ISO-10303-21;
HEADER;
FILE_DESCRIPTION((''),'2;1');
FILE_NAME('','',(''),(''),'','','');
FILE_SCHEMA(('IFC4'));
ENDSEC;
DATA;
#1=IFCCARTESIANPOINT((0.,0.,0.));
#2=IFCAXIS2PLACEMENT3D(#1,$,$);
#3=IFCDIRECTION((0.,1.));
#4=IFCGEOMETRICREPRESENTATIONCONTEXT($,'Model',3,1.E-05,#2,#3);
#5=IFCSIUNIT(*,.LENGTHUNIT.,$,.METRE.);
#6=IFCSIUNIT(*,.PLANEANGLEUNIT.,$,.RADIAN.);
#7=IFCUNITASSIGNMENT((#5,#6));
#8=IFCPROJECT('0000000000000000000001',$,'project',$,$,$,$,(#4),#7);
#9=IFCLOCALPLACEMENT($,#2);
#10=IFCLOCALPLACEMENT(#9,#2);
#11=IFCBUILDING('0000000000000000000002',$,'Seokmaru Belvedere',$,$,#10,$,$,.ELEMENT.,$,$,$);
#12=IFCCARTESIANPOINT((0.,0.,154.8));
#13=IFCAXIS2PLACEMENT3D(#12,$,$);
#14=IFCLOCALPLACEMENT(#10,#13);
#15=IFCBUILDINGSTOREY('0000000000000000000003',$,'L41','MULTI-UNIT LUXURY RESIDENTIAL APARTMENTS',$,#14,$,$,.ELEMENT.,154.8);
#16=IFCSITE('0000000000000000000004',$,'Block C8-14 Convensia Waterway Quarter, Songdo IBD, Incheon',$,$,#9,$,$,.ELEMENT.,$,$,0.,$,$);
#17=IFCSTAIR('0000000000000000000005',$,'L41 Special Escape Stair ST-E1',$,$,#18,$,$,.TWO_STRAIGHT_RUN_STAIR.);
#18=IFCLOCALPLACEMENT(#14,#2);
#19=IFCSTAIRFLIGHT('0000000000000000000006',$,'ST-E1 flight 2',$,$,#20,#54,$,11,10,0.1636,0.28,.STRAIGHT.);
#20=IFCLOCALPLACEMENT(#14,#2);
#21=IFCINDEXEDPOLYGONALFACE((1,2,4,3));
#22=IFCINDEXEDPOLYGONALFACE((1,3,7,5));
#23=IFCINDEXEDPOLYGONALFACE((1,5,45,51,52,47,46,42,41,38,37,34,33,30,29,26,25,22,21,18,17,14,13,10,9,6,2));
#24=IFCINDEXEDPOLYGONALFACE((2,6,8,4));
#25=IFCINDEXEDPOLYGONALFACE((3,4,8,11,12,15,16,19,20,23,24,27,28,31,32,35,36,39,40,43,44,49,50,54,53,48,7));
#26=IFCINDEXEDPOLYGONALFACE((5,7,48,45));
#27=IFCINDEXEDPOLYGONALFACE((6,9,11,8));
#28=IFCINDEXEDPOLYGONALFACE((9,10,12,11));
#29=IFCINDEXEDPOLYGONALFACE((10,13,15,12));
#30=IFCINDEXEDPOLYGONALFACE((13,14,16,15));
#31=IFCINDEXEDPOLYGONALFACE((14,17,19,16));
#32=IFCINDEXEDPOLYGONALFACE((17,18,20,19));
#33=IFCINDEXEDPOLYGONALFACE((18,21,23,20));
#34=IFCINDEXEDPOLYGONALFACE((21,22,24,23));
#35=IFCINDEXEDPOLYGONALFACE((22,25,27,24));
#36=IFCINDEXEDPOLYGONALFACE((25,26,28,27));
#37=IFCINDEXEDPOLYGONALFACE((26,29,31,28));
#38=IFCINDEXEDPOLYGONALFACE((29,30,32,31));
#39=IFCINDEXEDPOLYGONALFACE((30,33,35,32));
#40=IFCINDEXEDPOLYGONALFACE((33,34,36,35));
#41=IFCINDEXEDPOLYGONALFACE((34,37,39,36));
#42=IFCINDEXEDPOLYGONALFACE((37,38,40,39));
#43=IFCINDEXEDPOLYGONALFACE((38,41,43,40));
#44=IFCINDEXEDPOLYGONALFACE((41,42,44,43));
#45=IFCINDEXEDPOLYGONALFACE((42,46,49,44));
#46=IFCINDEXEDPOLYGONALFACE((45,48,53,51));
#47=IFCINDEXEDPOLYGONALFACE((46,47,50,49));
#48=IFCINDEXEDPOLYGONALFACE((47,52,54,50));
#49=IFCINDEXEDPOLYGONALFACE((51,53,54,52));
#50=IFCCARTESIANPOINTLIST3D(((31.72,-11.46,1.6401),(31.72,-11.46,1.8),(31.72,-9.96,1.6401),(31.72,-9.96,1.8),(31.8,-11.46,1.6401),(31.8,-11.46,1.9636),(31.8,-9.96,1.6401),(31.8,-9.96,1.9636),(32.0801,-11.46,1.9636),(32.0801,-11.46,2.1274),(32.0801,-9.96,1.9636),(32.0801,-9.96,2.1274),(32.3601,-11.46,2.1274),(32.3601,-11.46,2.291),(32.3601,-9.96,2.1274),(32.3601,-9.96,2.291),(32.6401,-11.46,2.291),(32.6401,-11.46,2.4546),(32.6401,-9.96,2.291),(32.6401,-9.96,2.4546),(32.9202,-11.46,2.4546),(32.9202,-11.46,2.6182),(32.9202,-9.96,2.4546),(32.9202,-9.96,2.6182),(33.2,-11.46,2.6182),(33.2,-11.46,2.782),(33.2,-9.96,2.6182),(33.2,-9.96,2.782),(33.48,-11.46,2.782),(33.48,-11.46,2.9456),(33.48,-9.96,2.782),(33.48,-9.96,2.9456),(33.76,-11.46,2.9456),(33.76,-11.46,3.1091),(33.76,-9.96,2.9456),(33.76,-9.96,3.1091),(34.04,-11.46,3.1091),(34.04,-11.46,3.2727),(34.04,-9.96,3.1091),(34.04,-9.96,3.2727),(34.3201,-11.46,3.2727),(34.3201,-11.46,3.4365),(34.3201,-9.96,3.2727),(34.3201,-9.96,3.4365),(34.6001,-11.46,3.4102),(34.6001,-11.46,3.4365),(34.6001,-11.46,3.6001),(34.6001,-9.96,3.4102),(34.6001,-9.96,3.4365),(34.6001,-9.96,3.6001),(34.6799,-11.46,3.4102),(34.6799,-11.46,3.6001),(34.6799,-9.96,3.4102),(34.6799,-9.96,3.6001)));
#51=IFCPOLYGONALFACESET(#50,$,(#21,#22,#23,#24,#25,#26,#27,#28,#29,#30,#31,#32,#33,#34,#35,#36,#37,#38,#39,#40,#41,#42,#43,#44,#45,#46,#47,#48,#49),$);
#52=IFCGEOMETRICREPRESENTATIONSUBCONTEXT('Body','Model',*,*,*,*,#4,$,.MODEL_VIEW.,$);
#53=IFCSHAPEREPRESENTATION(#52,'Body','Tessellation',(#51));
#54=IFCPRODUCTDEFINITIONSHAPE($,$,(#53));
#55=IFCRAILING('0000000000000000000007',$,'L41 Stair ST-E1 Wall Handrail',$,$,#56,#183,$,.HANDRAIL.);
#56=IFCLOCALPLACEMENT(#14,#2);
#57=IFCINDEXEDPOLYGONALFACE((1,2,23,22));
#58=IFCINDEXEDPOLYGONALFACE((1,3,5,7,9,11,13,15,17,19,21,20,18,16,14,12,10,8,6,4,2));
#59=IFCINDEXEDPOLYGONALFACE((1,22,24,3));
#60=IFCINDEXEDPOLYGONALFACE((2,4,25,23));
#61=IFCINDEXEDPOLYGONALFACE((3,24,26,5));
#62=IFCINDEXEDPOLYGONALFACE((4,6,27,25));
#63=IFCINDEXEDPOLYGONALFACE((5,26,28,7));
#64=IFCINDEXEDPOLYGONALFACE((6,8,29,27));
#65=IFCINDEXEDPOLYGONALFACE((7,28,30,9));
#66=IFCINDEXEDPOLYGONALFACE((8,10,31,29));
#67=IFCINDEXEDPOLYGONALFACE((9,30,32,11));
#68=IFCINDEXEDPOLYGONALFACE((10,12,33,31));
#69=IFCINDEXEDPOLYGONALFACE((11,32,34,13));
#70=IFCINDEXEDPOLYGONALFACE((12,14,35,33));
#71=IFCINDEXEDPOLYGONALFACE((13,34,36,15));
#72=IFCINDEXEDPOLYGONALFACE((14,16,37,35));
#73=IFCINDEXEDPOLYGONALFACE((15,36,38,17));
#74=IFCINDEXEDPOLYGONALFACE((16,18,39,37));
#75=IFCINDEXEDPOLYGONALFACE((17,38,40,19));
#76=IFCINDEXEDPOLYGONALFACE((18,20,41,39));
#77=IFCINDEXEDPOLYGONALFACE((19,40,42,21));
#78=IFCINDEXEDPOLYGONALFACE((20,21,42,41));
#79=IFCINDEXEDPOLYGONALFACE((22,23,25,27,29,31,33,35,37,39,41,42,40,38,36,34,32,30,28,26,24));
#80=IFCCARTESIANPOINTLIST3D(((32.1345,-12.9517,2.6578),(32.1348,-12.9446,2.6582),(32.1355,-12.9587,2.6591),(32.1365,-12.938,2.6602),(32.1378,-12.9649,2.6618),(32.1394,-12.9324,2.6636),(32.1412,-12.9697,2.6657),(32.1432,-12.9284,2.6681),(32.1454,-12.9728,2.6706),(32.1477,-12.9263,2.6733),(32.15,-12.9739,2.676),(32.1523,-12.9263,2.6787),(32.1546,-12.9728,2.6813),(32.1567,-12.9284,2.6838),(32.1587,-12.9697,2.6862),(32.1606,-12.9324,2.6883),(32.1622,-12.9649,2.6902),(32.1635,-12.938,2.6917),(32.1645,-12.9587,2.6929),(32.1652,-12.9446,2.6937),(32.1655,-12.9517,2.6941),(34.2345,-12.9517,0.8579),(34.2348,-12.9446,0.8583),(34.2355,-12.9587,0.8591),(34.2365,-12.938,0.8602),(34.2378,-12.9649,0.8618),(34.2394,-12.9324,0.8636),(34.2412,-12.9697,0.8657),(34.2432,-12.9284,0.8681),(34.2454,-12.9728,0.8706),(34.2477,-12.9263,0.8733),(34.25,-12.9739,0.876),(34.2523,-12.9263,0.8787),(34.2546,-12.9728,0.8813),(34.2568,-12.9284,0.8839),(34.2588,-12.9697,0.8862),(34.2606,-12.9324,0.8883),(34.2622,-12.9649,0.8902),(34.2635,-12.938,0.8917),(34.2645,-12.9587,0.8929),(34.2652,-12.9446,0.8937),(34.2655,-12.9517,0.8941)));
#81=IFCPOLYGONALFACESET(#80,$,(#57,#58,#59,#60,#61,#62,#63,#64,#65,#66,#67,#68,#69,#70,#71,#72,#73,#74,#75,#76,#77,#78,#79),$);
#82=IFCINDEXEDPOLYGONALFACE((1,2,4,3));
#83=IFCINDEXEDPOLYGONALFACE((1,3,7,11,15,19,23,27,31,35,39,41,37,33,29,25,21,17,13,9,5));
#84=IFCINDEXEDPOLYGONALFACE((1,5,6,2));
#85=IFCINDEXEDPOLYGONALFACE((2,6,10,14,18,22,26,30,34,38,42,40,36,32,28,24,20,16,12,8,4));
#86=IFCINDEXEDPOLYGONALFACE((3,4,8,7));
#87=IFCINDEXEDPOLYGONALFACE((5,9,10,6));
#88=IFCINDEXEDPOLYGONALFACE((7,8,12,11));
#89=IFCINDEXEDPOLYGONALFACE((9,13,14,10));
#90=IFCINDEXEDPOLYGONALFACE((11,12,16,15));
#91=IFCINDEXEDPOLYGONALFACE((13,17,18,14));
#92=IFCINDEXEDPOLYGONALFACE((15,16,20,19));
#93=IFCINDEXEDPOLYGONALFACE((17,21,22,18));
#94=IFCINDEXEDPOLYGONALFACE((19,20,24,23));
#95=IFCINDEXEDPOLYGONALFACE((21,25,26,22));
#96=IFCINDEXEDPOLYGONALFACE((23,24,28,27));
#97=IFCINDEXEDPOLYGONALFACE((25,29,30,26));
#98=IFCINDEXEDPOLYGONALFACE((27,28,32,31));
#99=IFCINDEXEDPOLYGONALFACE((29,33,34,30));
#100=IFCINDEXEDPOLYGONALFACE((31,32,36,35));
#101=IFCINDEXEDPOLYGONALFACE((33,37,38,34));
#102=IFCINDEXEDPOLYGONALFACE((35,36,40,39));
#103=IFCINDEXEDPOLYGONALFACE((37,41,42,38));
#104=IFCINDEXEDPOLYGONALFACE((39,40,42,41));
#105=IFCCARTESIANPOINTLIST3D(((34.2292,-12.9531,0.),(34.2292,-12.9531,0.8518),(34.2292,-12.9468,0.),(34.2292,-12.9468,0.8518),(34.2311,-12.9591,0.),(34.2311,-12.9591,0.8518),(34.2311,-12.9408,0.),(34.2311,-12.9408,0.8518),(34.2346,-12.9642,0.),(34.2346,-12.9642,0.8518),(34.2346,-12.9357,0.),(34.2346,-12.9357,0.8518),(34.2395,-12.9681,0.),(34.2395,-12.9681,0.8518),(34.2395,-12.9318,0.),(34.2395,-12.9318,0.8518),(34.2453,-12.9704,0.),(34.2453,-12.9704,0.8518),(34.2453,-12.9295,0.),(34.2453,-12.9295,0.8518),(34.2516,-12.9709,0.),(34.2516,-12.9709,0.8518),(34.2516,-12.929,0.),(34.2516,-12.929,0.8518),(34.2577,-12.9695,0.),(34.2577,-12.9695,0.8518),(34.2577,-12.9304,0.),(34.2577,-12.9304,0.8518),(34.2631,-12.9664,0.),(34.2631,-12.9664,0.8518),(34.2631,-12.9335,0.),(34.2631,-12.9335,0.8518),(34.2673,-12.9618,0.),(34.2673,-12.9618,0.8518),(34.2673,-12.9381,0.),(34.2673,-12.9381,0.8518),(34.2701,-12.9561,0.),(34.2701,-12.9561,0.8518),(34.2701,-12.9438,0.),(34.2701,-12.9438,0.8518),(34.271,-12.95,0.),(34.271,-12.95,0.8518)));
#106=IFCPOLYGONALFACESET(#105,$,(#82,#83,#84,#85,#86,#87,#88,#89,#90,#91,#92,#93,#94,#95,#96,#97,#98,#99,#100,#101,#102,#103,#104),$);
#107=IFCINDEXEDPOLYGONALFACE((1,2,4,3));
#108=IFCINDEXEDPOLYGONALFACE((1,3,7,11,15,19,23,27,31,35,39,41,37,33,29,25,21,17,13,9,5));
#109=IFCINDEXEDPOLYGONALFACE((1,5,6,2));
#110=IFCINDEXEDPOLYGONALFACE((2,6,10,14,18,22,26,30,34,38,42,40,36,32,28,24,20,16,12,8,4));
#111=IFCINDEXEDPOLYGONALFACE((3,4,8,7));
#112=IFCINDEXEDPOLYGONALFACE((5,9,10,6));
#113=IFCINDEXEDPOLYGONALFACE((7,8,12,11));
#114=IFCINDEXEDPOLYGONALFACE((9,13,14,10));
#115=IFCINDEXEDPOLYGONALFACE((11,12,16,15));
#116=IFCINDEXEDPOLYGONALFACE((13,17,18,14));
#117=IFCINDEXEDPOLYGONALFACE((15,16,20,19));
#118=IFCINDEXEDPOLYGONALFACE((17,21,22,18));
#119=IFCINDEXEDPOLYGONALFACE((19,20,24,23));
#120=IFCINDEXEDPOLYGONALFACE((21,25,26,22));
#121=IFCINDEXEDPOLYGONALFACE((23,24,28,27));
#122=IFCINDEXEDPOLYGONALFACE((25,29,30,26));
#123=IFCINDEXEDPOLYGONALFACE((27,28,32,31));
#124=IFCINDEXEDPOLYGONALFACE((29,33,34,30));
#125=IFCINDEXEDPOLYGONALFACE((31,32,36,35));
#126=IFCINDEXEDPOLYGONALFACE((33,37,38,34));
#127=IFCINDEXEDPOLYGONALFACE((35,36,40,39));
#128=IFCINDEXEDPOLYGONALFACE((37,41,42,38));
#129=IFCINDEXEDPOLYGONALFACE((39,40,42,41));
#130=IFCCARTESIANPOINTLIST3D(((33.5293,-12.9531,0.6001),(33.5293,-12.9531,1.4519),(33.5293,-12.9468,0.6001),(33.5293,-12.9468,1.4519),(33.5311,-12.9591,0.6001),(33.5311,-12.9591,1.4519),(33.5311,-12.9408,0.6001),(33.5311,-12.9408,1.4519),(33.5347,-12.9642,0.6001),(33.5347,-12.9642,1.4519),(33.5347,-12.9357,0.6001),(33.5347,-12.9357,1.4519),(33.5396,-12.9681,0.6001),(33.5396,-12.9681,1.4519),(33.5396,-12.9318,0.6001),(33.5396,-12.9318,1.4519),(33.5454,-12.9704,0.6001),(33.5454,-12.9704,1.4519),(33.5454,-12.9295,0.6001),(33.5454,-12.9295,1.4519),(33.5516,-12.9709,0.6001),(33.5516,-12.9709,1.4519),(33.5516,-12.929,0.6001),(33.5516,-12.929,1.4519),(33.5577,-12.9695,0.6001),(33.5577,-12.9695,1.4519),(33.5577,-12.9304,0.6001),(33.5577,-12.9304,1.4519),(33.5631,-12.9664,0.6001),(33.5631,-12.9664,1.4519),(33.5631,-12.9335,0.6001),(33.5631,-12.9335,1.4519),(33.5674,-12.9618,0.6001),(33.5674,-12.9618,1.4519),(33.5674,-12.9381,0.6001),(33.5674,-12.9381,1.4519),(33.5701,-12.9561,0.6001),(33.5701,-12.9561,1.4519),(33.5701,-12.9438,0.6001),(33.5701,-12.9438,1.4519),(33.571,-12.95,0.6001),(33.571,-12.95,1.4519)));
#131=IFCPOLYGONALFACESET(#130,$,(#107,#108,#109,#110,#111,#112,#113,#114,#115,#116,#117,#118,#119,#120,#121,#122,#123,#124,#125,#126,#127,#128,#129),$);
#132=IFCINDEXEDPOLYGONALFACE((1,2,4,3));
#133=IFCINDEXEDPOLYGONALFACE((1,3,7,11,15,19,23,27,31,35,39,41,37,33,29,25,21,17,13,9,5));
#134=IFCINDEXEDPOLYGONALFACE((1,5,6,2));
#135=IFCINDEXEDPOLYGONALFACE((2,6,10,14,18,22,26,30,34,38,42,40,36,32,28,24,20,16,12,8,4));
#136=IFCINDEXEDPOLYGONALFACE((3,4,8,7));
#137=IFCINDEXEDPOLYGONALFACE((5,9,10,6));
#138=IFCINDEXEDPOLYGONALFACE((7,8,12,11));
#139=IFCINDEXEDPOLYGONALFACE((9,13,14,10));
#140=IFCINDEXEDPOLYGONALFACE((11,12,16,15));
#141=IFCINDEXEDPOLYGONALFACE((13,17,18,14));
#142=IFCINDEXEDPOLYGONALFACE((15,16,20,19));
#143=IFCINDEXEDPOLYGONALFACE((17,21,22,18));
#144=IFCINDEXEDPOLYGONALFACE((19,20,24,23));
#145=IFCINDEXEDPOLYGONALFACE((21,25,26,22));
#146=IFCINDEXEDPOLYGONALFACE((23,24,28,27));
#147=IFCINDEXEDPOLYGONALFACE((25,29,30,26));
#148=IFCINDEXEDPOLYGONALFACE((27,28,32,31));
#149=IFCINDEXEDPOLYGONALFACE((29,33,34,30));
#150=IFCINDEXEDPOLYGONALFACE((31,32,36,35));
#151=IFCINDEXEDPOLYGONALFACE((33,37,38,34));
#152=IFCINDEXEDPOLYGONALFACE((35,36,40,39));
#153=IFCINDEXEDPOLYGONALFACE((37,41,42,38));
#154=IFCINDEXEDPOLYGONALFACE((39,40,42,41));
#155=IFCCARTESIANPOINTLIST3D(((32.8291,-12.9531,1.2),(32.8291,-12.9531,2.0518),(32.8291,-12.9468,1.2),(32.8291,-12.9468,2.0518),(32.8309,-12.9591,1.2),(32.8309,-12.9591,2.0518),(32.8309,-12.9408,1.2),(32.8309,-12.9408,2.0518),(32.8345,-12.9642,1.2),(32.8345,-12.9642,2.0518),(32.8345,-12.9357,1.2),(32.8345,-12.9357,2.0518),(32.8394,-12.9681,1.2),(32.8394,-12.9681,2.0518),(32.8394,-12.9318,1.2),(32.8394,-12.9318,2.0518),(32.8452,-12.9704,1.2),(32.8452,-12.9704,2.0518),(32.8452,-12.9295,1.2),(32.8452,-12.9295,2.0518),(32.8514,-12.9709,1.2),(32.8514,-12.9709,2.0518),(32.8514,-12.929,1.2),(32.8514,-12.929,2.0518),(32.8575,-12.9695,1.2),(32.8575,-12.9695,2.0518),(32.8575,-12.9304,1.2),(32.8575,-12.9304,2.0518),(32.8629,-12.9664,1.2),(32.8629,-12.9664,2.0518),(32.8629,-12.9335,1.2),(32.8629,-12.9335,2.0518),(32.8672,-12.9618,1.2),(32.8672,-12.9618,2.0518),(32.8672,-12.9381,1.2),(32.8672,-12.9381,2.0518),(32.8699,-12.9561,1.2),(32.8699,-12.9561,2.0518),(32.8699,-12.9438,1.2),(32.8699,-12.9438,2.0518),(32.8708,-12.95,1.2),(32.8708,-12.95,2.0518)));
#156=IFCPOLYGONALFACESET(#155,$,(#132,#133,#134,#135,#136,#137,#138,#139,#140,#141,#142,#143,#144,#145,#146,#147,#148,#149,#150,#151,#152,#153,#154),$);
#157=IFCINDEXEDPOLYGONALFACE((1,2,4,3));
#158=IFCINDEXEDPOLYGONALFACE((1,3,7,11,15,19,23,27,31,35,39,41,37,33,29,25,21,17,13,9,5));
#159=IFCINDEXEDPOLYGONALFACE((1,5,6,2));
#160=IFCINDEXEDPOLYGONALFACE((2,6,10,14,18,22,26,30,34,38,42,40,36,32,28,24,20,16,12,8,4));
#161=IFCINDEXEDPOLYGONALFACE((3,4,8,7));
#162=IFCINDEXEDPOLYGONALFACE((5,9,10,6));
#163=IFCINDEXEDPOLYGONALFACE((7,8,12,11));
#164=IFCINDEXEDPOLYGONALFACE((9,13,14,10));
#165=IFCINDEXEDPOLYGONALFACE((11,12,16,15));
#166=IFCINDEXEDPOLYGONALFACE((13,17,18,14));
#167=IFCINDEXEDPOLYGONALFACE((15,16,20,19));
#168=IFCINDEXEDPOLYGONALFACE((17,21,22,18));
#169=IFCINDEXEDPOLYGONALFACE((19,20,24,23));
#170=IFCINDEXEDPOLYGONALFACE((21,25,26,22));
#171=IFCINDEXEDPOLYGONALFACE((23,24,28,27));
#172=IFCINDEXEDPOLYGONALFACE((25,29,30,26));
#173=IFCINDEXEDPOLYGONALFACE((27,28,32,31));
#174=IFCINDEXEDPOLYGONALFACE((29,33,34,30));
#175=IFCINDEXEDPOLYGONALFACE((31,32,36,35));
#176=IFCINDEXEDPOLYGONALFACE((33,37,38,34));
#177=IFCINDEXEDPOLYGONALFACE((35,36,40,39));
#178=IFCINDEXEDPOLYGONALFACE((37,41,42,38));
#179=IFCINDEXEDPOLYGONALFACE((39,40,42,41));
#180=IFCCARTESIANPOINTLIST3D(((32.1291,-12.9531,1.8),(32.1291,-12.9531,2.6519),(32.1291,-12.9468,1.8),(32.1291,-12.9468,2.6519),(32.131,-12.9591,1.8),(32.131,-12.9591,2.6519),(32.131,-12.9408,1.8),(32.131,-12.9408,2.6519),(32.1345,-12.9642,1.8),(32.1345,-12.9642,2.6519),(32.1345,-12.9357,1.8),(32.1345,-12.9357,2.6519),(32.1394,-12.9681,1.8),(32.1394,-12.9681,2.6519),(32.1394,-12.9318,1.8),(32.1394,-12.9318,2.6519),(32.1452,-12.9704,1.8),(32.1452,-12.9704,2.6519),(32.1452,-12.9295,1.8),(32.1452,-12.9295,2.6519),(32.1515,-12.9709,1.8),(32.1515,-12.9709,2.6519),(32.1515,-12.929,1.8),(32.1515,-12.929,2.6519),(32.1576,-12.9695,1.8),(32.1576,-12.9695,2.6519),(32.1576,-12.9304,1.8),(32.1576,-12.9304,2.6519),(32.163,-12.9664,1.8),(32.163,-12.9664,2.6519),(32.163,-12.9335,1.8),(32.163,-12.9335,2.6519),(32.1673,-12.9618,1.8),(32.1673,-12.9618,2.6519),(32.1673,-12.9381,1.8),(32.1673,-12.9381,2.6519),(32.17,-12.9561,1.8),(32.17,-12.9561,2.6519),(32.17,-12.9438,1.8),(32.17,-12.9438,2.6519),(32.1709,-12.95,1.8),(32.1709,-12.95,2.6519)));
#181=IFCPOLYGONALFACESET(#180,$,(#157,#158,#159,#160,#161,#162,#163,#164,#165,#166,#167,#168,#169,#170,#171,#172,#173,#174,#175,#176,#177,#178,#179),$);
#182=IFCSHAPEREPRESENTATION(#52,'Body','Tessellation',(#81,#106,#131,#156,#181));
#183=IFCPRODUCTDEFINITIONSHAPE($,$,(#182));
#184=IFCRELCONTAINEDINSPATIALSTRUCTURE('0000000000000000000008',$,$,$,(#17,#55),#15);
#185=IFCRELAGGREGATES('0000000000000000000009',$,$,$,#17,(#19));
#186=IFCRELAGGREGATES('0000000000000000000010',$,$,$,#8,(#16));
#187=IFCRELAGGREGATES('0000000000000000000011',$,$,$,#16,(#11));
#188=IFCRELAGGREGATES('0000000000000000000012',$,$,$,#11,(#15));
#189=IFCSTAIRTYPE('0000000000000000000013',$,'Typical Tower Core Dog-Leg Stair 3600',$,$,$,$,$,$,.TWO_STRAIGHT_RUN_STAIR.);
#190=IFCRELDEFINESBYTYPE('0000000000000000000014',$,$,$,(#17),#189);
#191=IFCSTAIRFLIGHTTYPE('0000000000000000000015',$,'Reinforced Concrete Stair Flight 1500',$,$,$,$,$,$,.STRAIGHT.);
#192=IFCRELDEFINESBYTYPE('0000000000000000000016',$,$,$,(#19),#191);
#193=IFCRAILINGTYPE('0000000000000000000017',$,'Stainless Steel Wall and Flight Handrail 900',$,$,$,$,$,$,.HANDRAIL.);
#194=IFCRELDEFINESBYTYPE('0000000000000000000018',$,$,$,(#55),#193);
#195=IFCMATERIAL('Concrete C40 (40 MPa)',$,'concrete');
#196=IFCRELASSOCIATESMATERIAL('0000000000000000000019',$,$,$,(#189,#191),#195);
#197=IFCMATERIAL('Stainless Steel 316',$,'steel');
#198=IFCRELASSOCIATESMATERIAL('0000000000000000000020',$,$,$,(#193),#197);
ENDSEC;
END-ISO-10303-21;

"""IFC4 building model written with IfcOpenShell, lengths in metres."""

from ifc_helpers import new_model, si_unit, direction, frame, origin, origin_2d, place, context, subcontext, project, spatial, polyline, circle, outline, extrude, material, type_object, element, aggregate, save


model = new_model("IFC4")

# Units and contexts
model_context = context("Model", 3, precision=1e-05, world=origin(), true_north=direction((0.0, 1.0)))
body_context = subcontext(model_context, "Body", "Model", "MODEL_VIEW")
ifc_project = project(units=[si_unit("LENGTHUNIT", "METRE"), si_unit("PLANEANGLEUNIT", "RADIAN")], contexts=[model_context])

# Site, building, storey
site_placement = place(None, origin())
site = spatial("IfcSite", under=ifc_project, at=site_placement, Name="Block C8-14 Convensia Waterway Quarter, Songdo IBD, Incheon", CompositionType="ELEMENT", RefElevation=0.0)
building_placement = place(site_placement, origin())
building = spatial("IfcBuilding", under=site, at=building_placement, Name="Seokmaru Belvedere", CompositionType="ELEMENT")
storey_placement = place(building_placement, frame((0.0, 0.0, 154.8)))
storey = spatial("IfcBuildingStorey", under=building, at=storey_placement, Name="L41", Description="MULTI-UNIT LUXURY RESIDENTIAL APARTMENTS", CompositionType="ELEMENT", Elevation=154.8)

# Shared definitions
ifc_material_1 = material(Name="Stainless Steel 316", Category="steel")

# Stair, stair flight
ifc_material_2 = material(Name="Concrete C40 (40 MPa)", Category="concrete")
stair_type = type_object("IfcStairType", Name="Typical Tower Core Dog-Leg Stair 3600", PredefinedType="TWO_STRAIGHT_RUN_STAIR", material=ifc_material_2)
stair_placement = place(storey_placement, origin())
stair = element("IfcStair", 1, at=stair_placement, inside=storey, type_object=stair_type, Name="L41 Special Escape Stair ST-E1", PredefinedType="TWO_STRAIGHT_RUN_STAIR")
stair_flight_type = type_object("IfcStairFlightType", Name="Reinforced Concrete Stair Flight 1500", PredefinedType="STRAIGHT", material=ifc_material_2)
stair_flight_1_placement = place(storey_placement, frame((31.8, -10.71, 1.8), z_axis=(0.0, 0.0, 1.0), x_axis=(1.0, 0.0, 0.0)))
stair_flight_1 = element("IfcStairFlight", 2, at=stair_flight_1_placement, type_object=stair_flight_type, Name="ST-E1 flight 2", NumberOfRisers=11, NumberOfTreads=10, PredefinedType="STRAIGHT", RiserHeight=0.1636, TreadLength=0.28, context=body_context, shape_type="SweptSolid", body=[
    extrude(outline(polyline([(-0.0801, 0.0), (0.0, 0.1636), (0.28, 0.1636), (0.28, 0.3274), (0.5601, 0.3274), (0.5601, 0.491), (0.8401, 0.491), (0.8401, 0.6545), (1.1201, 0.6545), (1.1201, 0.8181), (1.3999, 0.8181), (1.3999, 0.9819), (1.6799, 0.9819), (1.6799, 1.1455), (1.96, 1.1455), (1.96, 1.3091), (2.24, 1.3091), (2.24, 1.4727), (2.52, 1.4727), (2.52, 1.6365), (2.8, 1.6365), (2.8, 1.8), (2.8799, 1.8), (2.8799, 1.6101), (2.8, 1.6101), (0.0, -0.1599), (-0.0801, -0.1599), (-0.0801, 0.0)])), frame((0.0, 0.75, 0.0), z_axis=(0.0, -1.0, 0.0), x_axis=(1.0, 0.0, 0.0)), (0.0, 0.0, 1.0), 1.5),
])
aggregate(stair, [stair_flight_1])

# Railing
railing_type_1 = type_object("IfcRailingType", Name="Stainless Steel Wall and Flight Handrail 900", PredefinedType="HANDRAIL", material=ifc_material_1)
railing_1_placement = place(storey_placement, frame((34.25, -12.95, 0.0)))
element("IfcRailing", 3, at=railing_1_placement, inside=storey, type_object=railing_type_1, Name="L41 Stair ST-E1 Wall Handrail", PredefinedType="HANDRAIL", context=body_context, shape_type="SweptSolid", body=[
    extrude(circle(Radius=0.0239, at=origin_2d()), frame((0.0, 0.0, 0.876), z_axis=(-0.759263, 0.0, 0.650784), x_axis=(0.0, -1.0, 0.0)), (0.0, 0.0, 1.0), 2.7659),
    extrude(circle(Radius=0.021, at=origin_2d()), origin(), (0.0, 0.0, 1.0), 0.8518),
    extrude(circle(Radius=0.021, at=origin_2d()), frame((-0.7, 0.0, 0.6001)), (0.0, 0.0, 1.0), 0.8518),
    extrude(circle(Radius=0.021, at=origin_2d()), frame((-1.4001, 0.0, 1.2)), (0.0, 0.0, 1.0), 0.8518),
    extrude(circle(Radius=0.021, at=origin_2d()), frame((-2.1001, 0.0, 1.8)), (0.0, 0.0, 1.0), 0.8518),
])

save(model, "model.ifc")
